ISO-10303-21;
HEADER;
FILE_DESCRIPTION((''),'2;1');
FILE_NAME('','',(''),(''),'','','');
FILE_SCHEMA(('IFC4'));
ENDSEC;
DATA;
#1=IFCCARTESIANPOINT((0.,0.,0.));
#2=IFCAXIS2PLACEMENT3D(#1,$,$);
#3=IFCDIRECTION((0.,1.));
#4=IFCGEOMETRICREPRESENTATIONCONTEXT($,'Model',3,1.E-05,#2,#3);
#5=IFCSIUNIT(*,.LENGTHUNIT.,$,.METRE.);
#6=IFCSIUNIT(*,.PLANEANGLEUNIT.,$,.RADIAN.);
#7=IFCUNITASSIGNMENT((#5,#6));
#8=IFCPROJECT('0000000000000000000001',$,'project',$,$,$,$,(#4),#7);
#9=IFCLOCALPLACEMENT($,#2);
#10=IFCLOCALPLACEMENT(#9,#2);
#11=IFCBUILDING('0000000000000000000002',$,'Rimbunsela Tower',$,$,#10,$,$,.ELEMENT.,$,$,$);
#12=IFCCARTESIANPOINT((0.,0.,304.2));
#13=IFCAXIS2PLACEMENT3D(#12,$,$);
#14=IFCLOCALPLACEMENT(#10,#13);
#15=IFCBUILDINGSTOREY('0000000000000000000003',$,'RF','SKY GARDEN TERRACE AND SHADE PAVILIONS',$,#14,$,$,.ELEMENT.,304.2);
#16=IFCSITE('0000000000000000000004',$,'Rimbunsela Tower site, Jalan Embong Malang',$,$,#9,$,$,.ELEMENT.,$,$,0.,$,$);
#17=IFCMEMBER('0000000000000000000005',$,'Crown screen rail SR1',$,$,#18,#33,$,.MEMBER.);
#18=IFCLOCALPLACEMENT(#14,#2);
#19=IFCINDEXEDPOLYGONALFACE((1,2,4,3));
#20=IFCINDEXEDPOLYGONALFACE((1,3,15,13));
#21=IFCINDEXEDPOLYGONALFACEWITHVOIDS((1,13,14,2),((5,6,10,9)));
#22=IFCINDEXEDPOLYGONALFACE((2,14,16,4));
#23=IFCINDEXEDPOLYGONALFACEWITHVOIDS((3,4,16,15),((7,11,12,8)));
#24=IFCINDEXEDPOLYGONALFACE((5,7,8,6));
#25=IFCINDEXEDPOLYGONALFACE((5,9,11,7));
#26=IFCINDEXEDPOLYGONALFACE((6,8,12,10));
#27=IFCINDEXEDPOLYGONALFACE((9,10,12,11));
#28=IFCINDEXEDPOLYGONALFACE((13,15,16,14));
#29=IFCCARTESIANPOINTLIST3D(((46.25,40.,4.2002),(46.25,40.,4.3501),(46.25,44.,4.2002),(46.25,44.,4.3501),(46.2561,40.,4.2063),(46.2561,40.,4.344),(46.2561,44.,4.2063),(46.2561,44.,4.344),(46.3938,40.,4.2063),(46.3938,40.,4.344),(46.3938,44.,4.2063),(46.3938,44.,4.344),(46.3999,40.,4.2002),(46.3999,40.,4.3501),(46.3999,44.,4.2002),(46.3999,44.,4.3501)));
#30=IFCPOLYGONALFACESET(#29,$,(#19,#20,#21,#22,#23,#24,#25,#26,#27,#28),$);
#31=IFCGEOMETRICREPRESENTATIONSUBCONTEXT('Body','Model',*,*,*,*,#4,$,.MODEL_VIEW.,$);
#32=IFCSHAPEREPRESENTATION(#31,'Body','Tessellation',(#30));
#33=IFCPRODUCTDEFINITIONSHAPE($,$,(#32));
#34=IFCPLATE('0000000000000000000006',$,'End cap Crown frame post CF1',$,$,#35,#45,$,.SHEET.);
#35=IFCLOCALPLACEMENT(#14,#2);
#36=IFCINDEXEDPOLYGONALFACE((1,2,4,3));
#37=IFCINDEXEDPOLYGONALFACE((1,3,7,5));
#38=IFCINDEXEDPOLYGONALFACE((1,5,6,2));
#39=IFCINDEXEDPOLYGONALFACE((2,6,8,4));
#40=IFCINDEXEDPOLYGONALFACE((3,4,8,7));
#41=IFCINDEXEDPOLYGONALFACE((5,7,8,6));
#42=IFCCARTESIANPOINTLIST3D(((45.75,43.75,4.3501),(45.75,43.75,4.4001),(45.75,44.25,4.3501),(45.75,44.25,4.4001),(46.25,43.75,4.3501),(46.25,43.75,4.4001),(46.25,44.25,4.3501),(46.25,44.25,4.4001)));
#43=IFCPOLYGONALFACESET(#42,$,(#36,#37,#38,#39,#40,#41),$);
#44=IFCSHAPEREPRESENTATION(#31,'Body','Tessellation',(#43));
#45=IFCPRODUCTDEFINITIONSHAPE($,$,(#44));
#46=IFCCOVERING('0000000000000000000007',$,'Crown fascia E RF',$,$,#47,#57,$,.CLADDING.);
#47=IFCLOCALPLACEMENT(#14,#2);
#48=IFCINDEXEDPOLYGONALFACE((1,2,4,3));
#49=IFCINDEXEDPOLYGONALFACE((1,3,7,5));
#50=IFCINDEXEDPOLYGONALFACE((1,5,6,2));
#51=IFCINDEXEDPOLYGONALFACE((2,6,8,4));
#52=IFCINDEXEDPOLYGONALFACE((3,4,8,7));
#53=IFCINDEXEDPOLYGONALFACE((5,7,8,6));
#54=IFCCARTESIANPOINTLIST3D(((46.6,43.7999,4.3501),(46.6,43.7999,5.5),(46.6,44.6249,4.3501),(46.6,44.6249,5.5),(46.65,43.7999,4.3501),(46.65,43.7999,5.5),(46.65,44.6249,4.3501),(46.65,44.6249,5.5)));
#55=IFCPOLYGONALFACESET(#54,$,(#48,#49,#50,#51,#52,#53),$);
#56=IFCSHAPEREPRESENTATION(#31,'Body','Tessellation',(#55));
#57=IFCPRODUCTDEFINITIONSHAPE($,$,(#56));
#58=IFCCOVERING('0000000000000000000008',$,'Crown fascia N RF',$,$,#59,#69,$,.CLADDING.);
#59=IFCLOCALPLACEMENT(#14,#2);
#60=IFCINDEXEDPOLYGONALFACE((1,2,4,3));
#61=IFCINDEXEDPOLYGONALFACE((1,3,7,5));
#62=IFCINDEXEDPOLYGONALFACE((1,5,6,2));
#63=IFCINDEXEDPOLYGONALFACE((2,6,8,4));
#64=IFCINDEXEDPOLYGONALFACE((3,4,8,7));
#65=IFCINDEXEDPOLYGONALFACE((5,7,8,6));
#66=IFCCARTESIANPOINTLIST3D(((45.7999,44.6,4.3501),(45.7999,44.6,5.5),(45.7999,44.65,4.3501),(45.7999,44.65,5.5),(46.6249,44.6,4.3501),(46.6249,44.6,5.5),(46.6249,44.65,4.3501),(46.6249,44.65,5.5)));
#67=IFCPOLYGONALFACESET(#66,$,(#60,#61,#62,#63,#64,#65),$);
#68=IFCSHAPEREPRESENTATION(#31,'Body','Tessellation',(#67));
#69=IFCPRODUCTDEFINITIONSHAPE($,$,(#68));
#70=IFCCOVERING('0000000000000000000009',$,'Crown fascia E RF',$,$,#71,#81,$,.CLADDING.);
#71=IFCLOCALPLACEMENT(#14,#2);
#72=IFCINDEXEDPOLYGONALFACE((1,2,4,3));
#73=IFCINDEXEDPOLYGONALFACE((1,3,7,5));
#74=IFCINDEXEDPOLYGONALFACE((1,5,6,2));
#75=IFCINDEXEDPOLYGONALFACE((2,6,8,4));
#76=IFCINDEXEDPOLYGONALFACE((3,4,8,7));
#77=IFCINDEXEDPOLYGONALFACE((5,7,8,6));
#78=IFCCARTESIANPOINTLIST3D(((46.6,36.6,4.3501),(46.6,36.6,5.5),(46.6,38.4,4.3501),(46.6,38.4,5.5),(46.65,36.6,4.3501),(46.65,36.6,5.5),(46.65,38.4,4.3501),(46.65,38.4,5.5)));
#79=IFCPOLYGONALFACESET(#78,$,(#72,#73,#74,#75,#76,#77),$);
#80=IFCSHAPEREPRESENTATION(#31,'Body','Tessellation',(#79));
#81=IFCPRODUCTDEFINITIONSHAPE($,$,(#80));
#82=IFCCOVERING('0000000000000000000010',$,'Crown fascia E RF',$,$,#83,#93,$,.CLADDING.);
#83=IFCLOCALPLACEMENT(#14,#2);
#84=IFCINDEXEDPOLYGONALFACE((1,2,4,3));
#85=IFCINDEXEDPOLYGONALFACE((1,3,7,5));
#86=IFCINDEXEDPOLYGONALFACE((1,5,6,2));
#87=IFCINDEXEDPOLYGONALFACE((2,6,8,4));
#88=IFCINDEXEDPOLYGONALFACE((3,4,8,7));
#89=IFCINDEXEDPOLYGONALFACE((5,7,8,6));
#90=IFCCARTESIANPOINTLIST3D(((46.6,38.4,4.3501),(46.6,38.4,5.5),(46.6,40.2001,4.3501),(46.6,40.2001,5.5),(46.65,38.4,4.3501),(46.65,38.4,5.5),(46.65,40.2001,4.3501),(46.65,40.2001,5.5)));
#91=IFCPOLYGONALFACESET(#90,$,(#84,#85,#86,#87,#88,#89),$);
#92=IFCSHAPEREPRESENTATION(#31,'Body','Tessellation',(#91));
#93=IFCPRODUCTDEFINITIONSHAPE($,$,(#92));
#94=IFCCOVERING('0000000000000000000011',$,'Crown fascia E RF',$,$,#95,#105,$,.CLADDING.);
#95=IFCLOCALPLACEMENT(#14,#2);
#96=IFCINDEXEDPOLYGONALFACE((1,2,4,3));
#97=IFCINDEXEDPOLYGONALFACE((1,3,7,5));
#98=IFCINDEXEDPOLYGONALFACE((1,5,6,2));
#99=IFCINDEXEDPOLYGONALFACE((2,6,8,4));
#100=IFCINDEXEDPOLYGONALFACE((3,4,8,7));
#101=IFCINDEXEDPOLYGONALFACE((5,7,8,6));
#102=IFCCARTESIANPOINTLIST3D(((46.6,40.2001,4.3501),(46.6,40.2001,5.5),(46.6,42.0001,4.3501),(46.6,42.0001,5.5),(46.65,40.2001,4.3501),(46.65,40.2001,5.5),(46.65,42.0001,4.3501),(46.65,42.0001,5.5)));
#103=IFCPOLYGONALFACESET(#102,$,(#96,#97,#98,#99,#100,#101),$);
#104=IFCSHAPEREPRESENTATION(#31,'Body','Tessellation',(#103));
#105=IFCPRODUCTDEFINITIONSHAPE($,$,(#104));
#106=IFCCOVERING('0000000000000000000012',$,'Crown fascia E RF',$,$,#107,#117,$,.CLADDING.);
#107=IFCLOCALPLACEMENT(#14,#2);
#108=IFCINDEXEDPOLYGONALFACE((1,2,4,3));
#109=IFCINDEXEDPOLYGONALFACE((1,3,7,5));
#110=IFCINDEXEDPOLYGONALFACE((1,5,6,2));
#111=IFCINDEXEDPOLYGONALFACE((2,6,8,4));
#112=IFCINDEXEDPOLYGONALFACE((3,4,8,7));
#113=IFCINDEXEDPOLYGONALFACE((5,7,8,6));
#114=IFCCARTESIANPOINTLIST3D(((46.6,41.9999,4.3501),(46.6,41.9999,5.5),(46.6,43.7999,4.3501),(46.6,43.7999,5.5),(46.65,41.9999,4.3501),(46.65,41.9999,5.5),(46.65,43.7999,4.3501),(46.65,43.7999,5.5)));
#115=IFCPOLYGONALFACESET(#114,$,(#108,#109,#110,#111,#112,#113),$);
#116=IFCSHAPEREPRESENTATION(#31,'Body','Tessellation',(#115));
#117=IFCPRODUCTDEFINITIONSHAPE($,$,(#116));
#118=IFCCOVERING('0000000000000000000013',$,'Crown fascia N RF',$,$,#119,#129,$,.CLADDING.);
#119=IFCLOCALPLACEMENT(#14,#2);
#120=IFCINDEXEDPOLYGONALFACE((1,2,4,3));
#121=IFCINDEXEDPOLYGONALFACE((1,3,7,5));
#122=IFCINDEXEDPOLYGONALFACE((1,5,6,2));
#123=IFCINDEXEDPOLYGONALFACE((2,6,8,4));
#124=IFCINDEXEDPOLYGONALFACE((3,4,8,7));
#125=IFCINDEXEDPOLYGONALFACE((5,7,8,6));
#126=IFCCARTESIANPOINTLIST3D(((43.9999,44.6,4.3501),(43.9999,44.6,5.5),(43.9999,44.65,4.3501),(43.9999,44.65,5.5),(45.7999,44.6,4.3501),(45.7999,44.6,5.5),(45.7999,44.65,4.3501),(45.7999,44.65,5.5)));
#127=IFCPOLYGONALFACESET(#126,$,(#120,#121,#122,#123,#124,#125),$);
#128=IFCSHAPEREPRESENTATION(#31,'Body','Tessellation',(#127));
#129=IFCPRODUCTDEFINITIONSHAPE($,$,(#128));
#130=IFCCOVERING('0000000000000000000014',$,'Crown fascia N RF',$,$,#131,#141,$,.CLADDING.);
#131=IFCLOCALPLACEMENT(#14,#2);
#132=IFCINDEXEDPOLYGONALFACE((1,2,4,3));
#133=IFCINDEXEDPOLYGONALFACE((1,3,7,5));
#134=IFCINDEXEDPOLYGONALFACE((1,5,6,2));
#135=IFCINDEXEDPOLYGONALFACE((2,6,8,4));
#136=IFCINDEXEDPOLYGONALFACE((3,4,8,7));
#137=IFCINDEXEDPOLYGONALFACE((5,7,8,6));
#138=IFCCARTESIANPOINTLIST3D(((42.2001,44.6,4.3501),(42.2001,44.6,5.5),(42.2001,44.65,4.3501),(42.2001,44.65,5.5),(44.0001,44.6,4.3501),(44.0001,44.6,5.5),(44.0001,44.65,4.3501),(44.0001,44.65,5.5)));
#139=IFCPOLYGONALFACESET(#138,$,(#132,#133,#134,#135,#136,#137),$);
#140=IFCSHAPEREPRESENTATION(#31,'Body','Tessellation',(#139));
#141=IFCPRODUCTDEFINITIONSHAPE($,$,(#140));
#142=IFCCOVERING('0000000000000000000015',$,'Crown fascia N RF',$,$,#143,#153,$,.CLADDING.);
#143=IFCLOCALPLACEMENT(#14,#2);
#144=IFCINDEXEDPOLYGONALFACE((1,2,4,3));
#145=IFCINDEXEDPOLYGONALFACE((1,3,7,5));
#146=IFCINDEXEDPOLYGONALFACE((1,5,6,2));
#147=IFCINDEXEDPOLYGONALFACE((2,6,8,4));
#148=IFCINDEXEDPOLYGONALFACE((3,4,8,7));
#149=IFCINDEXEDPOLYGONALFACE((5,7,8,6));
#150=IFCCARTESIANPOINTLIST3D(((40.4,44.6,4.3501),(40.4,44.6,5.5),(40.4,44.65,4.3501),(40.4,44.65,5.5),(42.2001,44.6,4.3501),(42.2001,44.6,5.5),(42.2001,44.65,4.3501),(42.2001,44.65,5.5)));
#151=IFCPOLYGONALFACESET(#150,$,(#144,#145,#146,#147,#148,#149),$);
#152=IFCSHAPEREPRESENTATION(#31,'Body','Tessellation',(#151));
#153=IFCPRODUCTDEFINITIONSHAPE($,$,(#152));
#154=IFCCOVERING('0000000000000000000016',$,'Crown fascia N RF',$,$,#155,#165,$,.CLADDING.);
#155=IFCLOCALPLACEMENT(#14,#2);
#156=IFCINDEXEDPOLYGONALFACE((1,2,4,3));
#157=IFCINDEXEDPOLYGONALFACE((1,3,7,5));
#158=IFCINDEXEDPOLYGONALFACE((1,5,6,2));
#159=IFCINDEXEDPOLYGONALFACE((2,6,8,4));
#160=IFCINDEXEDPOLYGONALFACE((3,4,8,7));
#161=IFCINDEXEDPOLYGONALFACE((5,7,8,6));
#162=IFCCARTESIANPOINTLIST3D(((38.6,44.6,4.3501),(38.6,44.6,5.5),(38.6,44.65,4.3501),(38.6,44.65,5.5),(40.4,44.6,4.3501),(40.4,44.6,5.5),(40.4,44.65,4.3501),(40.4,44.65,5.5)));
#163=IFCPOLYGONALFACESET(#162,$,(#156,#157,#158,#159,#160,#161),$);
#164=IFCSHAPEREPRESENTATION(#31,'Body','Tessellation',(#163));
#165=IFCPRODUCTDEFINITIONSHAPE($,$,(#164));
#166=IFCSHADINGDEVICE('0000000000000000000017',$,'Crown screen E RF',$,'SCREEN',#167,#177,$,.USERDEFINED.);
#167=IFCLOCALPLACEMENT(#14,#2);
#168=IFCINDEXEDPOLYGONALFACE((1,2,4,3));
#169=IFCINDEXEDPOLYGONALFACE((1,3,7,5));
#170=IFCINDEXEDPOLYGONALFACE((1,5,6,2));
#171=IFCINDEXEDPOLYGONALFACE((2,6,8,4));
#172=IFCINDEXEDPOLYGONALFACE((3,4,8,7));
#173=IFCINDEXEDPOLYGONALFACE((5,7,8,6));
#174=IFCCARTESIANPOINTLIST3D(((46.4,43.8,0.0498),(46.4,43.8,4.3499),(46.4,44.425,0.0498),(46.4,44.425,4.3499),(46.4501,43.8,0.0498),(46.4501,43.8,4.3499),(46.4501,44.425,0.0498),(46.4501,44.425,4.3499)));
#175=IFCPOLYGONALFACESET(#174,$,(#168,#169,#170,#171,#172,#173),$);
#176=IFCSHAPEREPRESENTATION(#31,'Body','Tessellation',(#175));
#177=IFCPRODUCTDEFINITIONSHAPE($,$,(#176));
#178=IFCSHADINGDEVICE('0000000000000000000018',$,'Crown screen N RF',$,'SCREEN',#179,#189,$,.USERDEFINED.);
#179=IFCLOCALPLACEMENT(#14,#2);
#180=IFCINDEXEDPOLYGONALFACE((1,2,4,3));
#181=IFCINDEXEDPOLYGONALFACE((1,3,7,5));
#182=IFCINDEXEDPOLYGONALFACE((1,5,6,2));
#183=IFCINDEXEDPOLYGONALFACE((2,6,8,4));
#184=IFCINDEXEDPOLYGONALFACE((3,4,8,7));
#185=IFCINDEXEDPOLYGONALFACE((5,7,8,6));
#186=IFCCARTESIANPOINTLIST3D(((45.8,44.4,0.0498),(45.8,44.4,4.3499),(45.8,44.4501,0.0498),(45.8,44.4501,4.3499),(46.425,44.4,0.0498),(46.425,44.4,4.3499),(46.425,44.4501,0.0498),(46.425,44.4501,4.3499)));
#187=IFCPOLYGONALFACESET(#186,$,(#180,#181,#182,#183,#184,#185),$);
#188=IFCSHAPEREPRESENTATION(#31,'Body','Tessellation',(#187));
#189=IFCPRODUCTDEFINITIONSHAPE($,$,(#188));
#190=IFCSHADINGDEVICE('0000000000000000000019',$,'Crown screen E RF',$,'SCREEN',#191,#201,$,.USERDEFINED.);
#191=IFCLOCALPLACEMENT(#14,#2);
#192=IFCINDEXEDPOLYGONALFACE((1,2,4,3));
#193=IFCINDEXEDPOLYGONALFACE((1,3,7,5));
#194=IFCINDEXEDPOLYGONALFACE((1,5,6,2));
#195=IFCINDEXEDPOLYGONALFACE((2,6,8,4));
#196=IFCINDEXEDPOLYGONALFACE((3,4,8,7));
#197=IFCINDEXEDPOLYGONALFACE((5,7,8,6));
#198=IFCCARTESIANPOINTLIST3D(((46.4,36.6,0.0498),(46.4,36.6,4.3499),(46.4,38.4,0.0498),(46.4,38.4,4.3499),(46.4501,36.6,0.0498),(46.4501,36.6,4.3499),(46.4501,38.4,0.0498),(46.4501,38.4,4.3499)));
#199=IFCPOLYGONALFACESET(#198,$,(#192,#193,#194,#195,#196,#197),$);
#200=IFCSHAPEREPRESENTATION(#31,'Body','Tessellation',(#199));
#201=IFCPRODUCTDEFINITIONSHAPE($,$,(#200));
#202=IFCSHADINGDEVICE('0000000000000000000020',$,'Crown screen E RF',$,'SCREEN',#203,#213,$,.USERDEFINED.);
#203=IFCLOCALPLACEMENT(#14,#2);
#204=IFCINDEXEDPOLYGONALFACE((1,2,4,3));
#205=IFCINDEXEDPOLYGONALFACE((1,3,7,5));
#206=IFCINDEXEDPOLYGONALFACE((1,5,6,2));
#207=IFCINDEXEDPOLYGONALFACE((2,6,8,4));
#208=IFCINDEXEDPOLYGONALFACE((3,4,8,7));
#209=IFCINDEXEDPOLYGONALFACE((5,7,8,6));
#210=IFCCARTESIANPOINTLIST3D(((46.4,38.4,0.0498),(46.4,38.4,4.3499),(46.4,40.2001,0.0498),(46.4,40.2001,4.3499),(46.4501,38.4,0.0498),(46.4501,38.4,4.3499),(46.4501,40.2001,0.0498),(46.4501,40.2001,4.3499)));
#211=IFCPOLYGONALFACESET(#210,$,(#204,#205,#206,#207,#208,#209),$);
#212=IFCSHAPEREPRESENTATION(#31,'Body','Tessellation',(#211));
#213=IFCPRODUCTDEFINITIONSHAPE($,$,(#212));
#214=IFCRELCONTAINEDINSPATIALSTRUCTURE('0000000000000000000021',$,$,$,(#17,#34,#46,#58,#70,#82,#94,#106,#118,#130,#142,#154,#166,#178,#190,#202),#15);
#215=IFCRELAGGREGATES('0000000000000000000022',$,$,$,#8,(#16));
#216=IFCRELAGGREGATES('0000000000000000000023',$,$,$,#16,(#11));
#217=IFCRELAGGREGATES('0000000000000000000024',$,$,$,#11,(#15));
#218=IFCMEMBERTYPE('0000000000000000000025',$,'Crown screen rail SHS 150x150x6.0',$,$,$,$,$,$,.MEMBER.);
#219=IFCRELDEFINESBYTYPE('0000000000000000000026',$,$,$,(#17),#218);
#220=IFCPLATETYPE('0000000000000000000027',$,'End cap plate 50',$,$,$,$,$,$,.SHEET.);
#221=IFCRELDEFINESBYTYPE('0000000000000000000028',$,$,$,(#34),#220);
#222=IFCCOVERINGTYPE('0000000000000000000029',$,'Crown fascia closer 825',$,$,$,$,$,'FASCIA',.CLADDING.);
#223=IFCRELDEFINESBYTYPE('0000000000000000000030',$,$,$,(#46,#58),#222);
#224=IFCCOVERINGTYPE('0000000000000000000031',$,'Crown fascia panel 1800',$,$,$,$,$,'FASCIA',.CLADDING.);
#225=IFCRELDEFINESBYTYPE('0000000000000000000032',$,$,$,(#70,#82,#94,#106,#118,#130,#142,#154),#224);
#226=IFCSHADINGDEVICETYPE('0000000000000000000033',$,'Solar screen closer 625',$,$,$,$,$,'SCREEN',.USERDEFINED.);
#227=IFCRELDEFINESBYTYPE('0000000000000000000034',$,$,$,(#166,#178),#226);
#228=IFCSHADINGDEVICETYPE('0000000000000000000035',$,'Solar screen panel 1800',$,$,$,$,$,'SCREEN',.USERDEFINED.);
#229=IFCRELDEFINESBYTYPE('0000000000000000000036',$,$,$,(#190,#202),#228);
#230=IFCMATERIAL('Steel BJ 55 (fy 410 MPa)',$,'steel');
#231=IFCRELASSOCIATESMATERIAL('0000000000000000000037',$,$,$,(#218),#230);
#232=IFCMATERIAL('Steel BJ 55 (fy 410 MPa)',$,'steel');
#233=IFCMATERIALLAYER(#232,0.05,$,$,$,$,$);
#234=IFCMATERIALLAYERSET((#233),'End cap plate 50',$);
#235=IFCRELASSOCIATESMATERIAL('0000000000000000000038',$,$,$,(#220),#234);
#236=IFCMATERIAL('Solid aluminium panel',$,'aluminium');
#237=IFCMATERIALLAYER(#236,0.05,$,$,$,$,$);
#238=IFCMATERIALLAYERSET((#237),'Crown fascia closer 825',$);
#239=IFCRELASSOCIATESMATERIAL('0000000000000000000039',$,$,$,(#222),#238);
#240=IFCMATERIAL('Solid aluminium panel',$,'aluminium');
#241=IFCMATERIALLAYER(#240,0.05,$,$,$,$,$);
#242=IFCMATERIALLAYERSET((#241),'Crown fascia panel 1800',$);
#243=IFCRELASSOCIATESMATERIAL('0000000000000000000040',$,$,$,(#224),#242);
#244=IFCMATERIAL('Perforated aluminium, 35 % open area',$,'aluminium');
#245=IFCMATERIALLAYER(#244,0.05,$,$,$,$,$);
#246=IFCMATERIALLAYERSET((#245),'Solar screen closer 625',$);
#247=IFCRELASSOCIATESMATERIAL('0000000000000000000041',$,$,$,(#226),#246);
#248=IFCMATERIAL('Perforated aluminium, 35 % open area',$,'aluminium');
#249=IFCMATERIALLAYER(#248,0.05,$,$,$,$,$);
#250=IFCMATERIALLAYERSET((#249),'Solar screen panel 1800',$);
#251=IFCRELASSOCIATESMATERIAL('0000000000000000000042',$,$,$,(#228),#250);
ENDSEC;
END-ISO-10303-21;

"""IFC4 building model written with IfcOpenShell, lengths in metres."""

from ifc_helpers import new_model, si_unit, direction, frame, origin, origin_2d, place, context, subcontext, project, spatial, rectangle, hollow_rectangle, extrude, material, layer, layer_set, material_profile, profile_set, type_object, element, save


model = new_model("IFC4")

# Units and contexts
model_context = context("Model", 3, precision=1e-05, world=origin(), true_north=direction((0.0, 1.0)))
body_context = subcontext(model_context, "Body", "Model", "MODEL_VIEW")
ifc_project = project(units=[si_unit("LENGTHUNIT", "METRE"), si_unit("PLANEANGLEUNIT", "RADIAN")], contexts=[model_context])

# Site, building, storey
site_placement = place(None, origin())
site = spatial("IfcSite", under=ifc_project, at=site_placement, Name="Rimbunsela Tower site, Jalan Embong Malang", CompositionType="ELEMENT", RefElevation=0.0)
building_placement = place(site_placement, origin())
building = spatial("IfcBuilding", under=site, at=building_placement, Name="Rimbunsela Tower", CompositionType="ELEMENT")
storey_placement = place(building_placement, frame((0.0, 0.0, 304.2)))
storey = spatial("IfcBuildingStorey", under=building, at=storey_placement, Name="RF", Description="SKY GARDEN TERRACE AND SHADE PAVILIONS", CompositionType="ELEMENT", Elevation=304.2)

# Member
ifc_material_1 = material(Name="Steel BJ 55 (fy 410 MPa)", Category="steel")
ifc_material_profile_1 = material_profile(ifc_material_1, hollow_rectangle(XDim=0.1499, YDim=0.1499, WallThickness=0.0061, at=origin_2d()), Name="SHS 150x150x6.0")
ifc_profile_set_1 = profile_set([ifc_material_profile_1], Name="Steel BJ 55 (fy 410 MPa)")
member_type_1 = type_object("IfcMemberType", Name="Crown screen rail SHS 150x150x6.0", PredefinedType="MEMBER", material=ifc_profile_set_1)
for number, where, z_axis, x_axis, name in (
    (1, (46.325, 40.0, 4.2751), (0.0, 1.0, 0.0), (-1.0, 0.0, 0.0), "Crown screen rail SR1"),
):
    element("IfcMember", number, at=place(storey_placement, frame(where, z_axis=z_axis, x_axis=x_axis)), inside=storey, type_object=member_type_1, Name=name, PredefinedType="MEMBER", context=body_context, shape_type="SweptSolid", body=[
        extrude(hollow_rectangle(XDim=0.1499, YDim=0.1499, WallThickness=0.0061, at=origin_2d()), origin(), (0.0, 0.0, 1.0), 4.0),
    ])

# Plate
ifc_material_2 = material(Name="Steel BJ 55 (fy 410 MPa)", Category="steel")
ifc_layer_1 = layer(ifc_material_2, 0.05)
ifc_layer_set_1 = layer_set([ifc_layer_1], Name="End cap plate 50")
plate_type = type_object("IfcPlateType", Name="End cap plate 50", PredefinedType="SHEET", material=ifc_layer_set_1)
plate_placement = place(storey_placement, frame((46.0, 44.0, 4.3501), z_axis=(0.0, 0.0, 1.0), x_axis=(1.0, 0.0, 0.0)))
element("IfcPlate", 2, at=plate_placement, inside=storey, type_object=plate_type, Name="End cap Crown frame post CF1", PredefinedType="SHEET", context=body_context, shape_type="SweptSolid", body=[
    extrude(rectangle(XDim=0.5, YDim=0.5, at=origin_2d()), origin(), (0.0, 0.0, 1.0), 0.05),
])

# Coverings
ifc_material_3 = material(Name="Solid aluminium panel", Category="aluminium")
ifc_layer_2 = layer(ifc_material_3, 0.05)
ifc_layer_set_2 = layer_set([ifc_layer_2], Name="Crown fascia closer 825")
covering_type_1 = type_object("IfcCoveringType", Name="Crown fascia closer 825", ElementType="FASCIA", PredefinedType="CLADDING", material=ifc_layer_set_2)
for number, where, z_axis, x_axis, name in (
    (3, (46.625, 44.2124, 4.3501), (0.0, 0.0, 1.0), (0.0, 1.0, 0.0), "Crown fascia E RF"),
    (4, (46.2124, 44.625, 4.3501), (0.0, 0.0, 1.0), (1.0, 0.0, 0.0), "Crown fascia N RF"),
):
    element("IfcCovering", number, at=place(storey_placement, frame(where, z_axis=z_axis, x_axis=x_axis)), inside=storey, type_object=covering_type_1, Name=name, PredefinedType="CLADDING", context=body_context, shape_type="SweptSolid", body=[
        extrude(rectangle(XDim=0.825, YDim=0.05, at=origin_2d()), origin(), (0.0, 0.0, 1.0), 1.1499),
    ])
ifc_material_4 = material(Name="Solid aluminium panel", Category="aluminium")
ifc_layer_3 = layer(ifc_material_4, 0.05)
ifc_layer_set_3 = layer_set([ifc_layer_3], Name="Crown fascia panel 1800")
covering_type_2 = type_object("IfcCoveringType", Name="Crown fascia panel 1800", ElementType="FASCIA", PredefinedType="CLADDING", material=ifc_layer_set_3)
for number, where, z_axis, x_axis, name in (
    (5, (46.625, 37.5, 4.3501), (0.0, 0.0, 1.0), (0.0, 1.0, 0.0), "Crown fascia E RF"),
    (6, (46.625, 39.3, 4.3501), (0.0, 0.0, 1.0), (0.0, 1.0, 0.0), "Crown fascia E RF"),
    (7, (46.625, 41.1001, 4.3501), (0.0, 0.0, 1.0), (0.0, 1.0, 0.0), "Crown fascia E RF"),
    (8, (46.625, 42.8999, 4.3501), (0.0, 0.0, 1.0), (0.0, 1.0, 0.0), "Crown fascia E RF"),
    (9, (44.8999, 44.625, 4.3501), (0.0, 0.0, 1.0), (1.0, 0.0, 0.0), "Crown fascia N RF"),
    (10, (43.1001, 44.625, 4.3501), (0.0, 0.0, 1.0), (1.0, 0.0, 0.0), "Crown fascia N RF"),
    (11, (41.3, 44.625, 4.3501), (0.0, 0.0, 1.0), (1.0, 0.0, 0.0), "Crown fascia N RF"),
    (12, (39.5, 44.625, 4.3501), (0.0, 0.0, 1.0), (1.0, 0.0, 0.0), "Crown fascia N RF"),
):
    element("IfcCovering", number, at=place(storey_placement, frame(where, z_axis=z_axis, x_axis=x_axis)), inside=storey, type_object=covering_type_2, Name=name, PredefinedType="CLADDING", context=body_context, shape_type="SweptSolid", body=[
        extrude(rectangle(XDim=1.8, YDim=0.05, at=origin_2d()), origin(), (0.0, 0.0, 1.0), 1.1499),
    ])

# Shading devices
ifc_material_5 = material(Name="Perforated aluminium, 35 % open area", Category="aluminium")
ifc_layer_4 = layer(ifc_material_5, 0.05)
ifc_layer_set_4 = layer_set([ifc_layer_4], Name="Solar screen closer 625")
shading_device_type_1 = type_object("IfcShadingDeviceType", Name="Solar screen closer 625", ElementType="SCREEN", PredefinedType="USERDEFINED", material=ifc_layer_set_4)
for number, where, z_axis, x_axis, name in (
    (13, (46.425, 44.1125, 0.0498), (0.0, 0.0, 1.0), (0.0, 1.0, 0.0), "Crown screen E RF"),
    (14, (46.1125, 44.425, 0.0498), (0.0, 0.0, 1.0), (1.0, 0.0, 0.0), "Crown screen N RF"),
):
    element("IfcShadingDevice", number, at=place(storey_placement, frame(where, z_axis=z_axis, x_axis=x_axis)), inside=storey, type_object=shading_device_type_1, Name=name, ObjectType="SCREEN", PredefinedType="USERDEFINED", context=body_context, shape_type="SweptSolid", body=[
        extrude(rectangle(XDim=0.625, YDim=0.05, at=origin_2d()), origin(), (0.0, 0.0, 1.0), 4.3),
    ])
ifc_material_6 = material(Name="Perforated aluminium, 35 % open area", Category="aluminium")
ifc_layer_5 = layer(ifc_material_6, 0.05)
ifc_layer_set_5 = layer_set([ifc_layer_5], Name="Solar screen panel 1800")
shading_device_type_2 = type_object("IfcShadingDeviceType", Name="Solar screen panel 1800", ElementType="SCREEN", PredefinedType="USERDEFINED", material=ifc_layer_set_5)
for number, where, z_axis, x_axis, name in (
    (15, (46.425, 37.5, 0.0498), (0.0, 0.0, 1.0), (0.0, 1.0, 0.0), "Crown screen E RF"),
    (16, (46.425, 39.3, 0.0498), (0.0, 0.0, 1.0), (0.0, 1.0, 0.0), "Crown screen E RF"),
):
    element("IfcShadingDevice", number, at=place(storey_placement, frame(where, z_axis=z_axis, x_axis=x_axis)), inside=storey, type_object=shading_device_type_2, Name=name, ObjectType="SCREEN", PredefinedType="USERDEFINED", context=body_context, shape_type="SweptSolid", body=[
        extrude(rectangle(XDim=1.8, YDim=0.05, at=origin_2d()), origin(), (0.0, 0.0, 1.0), 4.3),
    ])

save(model, "model.ifc")
